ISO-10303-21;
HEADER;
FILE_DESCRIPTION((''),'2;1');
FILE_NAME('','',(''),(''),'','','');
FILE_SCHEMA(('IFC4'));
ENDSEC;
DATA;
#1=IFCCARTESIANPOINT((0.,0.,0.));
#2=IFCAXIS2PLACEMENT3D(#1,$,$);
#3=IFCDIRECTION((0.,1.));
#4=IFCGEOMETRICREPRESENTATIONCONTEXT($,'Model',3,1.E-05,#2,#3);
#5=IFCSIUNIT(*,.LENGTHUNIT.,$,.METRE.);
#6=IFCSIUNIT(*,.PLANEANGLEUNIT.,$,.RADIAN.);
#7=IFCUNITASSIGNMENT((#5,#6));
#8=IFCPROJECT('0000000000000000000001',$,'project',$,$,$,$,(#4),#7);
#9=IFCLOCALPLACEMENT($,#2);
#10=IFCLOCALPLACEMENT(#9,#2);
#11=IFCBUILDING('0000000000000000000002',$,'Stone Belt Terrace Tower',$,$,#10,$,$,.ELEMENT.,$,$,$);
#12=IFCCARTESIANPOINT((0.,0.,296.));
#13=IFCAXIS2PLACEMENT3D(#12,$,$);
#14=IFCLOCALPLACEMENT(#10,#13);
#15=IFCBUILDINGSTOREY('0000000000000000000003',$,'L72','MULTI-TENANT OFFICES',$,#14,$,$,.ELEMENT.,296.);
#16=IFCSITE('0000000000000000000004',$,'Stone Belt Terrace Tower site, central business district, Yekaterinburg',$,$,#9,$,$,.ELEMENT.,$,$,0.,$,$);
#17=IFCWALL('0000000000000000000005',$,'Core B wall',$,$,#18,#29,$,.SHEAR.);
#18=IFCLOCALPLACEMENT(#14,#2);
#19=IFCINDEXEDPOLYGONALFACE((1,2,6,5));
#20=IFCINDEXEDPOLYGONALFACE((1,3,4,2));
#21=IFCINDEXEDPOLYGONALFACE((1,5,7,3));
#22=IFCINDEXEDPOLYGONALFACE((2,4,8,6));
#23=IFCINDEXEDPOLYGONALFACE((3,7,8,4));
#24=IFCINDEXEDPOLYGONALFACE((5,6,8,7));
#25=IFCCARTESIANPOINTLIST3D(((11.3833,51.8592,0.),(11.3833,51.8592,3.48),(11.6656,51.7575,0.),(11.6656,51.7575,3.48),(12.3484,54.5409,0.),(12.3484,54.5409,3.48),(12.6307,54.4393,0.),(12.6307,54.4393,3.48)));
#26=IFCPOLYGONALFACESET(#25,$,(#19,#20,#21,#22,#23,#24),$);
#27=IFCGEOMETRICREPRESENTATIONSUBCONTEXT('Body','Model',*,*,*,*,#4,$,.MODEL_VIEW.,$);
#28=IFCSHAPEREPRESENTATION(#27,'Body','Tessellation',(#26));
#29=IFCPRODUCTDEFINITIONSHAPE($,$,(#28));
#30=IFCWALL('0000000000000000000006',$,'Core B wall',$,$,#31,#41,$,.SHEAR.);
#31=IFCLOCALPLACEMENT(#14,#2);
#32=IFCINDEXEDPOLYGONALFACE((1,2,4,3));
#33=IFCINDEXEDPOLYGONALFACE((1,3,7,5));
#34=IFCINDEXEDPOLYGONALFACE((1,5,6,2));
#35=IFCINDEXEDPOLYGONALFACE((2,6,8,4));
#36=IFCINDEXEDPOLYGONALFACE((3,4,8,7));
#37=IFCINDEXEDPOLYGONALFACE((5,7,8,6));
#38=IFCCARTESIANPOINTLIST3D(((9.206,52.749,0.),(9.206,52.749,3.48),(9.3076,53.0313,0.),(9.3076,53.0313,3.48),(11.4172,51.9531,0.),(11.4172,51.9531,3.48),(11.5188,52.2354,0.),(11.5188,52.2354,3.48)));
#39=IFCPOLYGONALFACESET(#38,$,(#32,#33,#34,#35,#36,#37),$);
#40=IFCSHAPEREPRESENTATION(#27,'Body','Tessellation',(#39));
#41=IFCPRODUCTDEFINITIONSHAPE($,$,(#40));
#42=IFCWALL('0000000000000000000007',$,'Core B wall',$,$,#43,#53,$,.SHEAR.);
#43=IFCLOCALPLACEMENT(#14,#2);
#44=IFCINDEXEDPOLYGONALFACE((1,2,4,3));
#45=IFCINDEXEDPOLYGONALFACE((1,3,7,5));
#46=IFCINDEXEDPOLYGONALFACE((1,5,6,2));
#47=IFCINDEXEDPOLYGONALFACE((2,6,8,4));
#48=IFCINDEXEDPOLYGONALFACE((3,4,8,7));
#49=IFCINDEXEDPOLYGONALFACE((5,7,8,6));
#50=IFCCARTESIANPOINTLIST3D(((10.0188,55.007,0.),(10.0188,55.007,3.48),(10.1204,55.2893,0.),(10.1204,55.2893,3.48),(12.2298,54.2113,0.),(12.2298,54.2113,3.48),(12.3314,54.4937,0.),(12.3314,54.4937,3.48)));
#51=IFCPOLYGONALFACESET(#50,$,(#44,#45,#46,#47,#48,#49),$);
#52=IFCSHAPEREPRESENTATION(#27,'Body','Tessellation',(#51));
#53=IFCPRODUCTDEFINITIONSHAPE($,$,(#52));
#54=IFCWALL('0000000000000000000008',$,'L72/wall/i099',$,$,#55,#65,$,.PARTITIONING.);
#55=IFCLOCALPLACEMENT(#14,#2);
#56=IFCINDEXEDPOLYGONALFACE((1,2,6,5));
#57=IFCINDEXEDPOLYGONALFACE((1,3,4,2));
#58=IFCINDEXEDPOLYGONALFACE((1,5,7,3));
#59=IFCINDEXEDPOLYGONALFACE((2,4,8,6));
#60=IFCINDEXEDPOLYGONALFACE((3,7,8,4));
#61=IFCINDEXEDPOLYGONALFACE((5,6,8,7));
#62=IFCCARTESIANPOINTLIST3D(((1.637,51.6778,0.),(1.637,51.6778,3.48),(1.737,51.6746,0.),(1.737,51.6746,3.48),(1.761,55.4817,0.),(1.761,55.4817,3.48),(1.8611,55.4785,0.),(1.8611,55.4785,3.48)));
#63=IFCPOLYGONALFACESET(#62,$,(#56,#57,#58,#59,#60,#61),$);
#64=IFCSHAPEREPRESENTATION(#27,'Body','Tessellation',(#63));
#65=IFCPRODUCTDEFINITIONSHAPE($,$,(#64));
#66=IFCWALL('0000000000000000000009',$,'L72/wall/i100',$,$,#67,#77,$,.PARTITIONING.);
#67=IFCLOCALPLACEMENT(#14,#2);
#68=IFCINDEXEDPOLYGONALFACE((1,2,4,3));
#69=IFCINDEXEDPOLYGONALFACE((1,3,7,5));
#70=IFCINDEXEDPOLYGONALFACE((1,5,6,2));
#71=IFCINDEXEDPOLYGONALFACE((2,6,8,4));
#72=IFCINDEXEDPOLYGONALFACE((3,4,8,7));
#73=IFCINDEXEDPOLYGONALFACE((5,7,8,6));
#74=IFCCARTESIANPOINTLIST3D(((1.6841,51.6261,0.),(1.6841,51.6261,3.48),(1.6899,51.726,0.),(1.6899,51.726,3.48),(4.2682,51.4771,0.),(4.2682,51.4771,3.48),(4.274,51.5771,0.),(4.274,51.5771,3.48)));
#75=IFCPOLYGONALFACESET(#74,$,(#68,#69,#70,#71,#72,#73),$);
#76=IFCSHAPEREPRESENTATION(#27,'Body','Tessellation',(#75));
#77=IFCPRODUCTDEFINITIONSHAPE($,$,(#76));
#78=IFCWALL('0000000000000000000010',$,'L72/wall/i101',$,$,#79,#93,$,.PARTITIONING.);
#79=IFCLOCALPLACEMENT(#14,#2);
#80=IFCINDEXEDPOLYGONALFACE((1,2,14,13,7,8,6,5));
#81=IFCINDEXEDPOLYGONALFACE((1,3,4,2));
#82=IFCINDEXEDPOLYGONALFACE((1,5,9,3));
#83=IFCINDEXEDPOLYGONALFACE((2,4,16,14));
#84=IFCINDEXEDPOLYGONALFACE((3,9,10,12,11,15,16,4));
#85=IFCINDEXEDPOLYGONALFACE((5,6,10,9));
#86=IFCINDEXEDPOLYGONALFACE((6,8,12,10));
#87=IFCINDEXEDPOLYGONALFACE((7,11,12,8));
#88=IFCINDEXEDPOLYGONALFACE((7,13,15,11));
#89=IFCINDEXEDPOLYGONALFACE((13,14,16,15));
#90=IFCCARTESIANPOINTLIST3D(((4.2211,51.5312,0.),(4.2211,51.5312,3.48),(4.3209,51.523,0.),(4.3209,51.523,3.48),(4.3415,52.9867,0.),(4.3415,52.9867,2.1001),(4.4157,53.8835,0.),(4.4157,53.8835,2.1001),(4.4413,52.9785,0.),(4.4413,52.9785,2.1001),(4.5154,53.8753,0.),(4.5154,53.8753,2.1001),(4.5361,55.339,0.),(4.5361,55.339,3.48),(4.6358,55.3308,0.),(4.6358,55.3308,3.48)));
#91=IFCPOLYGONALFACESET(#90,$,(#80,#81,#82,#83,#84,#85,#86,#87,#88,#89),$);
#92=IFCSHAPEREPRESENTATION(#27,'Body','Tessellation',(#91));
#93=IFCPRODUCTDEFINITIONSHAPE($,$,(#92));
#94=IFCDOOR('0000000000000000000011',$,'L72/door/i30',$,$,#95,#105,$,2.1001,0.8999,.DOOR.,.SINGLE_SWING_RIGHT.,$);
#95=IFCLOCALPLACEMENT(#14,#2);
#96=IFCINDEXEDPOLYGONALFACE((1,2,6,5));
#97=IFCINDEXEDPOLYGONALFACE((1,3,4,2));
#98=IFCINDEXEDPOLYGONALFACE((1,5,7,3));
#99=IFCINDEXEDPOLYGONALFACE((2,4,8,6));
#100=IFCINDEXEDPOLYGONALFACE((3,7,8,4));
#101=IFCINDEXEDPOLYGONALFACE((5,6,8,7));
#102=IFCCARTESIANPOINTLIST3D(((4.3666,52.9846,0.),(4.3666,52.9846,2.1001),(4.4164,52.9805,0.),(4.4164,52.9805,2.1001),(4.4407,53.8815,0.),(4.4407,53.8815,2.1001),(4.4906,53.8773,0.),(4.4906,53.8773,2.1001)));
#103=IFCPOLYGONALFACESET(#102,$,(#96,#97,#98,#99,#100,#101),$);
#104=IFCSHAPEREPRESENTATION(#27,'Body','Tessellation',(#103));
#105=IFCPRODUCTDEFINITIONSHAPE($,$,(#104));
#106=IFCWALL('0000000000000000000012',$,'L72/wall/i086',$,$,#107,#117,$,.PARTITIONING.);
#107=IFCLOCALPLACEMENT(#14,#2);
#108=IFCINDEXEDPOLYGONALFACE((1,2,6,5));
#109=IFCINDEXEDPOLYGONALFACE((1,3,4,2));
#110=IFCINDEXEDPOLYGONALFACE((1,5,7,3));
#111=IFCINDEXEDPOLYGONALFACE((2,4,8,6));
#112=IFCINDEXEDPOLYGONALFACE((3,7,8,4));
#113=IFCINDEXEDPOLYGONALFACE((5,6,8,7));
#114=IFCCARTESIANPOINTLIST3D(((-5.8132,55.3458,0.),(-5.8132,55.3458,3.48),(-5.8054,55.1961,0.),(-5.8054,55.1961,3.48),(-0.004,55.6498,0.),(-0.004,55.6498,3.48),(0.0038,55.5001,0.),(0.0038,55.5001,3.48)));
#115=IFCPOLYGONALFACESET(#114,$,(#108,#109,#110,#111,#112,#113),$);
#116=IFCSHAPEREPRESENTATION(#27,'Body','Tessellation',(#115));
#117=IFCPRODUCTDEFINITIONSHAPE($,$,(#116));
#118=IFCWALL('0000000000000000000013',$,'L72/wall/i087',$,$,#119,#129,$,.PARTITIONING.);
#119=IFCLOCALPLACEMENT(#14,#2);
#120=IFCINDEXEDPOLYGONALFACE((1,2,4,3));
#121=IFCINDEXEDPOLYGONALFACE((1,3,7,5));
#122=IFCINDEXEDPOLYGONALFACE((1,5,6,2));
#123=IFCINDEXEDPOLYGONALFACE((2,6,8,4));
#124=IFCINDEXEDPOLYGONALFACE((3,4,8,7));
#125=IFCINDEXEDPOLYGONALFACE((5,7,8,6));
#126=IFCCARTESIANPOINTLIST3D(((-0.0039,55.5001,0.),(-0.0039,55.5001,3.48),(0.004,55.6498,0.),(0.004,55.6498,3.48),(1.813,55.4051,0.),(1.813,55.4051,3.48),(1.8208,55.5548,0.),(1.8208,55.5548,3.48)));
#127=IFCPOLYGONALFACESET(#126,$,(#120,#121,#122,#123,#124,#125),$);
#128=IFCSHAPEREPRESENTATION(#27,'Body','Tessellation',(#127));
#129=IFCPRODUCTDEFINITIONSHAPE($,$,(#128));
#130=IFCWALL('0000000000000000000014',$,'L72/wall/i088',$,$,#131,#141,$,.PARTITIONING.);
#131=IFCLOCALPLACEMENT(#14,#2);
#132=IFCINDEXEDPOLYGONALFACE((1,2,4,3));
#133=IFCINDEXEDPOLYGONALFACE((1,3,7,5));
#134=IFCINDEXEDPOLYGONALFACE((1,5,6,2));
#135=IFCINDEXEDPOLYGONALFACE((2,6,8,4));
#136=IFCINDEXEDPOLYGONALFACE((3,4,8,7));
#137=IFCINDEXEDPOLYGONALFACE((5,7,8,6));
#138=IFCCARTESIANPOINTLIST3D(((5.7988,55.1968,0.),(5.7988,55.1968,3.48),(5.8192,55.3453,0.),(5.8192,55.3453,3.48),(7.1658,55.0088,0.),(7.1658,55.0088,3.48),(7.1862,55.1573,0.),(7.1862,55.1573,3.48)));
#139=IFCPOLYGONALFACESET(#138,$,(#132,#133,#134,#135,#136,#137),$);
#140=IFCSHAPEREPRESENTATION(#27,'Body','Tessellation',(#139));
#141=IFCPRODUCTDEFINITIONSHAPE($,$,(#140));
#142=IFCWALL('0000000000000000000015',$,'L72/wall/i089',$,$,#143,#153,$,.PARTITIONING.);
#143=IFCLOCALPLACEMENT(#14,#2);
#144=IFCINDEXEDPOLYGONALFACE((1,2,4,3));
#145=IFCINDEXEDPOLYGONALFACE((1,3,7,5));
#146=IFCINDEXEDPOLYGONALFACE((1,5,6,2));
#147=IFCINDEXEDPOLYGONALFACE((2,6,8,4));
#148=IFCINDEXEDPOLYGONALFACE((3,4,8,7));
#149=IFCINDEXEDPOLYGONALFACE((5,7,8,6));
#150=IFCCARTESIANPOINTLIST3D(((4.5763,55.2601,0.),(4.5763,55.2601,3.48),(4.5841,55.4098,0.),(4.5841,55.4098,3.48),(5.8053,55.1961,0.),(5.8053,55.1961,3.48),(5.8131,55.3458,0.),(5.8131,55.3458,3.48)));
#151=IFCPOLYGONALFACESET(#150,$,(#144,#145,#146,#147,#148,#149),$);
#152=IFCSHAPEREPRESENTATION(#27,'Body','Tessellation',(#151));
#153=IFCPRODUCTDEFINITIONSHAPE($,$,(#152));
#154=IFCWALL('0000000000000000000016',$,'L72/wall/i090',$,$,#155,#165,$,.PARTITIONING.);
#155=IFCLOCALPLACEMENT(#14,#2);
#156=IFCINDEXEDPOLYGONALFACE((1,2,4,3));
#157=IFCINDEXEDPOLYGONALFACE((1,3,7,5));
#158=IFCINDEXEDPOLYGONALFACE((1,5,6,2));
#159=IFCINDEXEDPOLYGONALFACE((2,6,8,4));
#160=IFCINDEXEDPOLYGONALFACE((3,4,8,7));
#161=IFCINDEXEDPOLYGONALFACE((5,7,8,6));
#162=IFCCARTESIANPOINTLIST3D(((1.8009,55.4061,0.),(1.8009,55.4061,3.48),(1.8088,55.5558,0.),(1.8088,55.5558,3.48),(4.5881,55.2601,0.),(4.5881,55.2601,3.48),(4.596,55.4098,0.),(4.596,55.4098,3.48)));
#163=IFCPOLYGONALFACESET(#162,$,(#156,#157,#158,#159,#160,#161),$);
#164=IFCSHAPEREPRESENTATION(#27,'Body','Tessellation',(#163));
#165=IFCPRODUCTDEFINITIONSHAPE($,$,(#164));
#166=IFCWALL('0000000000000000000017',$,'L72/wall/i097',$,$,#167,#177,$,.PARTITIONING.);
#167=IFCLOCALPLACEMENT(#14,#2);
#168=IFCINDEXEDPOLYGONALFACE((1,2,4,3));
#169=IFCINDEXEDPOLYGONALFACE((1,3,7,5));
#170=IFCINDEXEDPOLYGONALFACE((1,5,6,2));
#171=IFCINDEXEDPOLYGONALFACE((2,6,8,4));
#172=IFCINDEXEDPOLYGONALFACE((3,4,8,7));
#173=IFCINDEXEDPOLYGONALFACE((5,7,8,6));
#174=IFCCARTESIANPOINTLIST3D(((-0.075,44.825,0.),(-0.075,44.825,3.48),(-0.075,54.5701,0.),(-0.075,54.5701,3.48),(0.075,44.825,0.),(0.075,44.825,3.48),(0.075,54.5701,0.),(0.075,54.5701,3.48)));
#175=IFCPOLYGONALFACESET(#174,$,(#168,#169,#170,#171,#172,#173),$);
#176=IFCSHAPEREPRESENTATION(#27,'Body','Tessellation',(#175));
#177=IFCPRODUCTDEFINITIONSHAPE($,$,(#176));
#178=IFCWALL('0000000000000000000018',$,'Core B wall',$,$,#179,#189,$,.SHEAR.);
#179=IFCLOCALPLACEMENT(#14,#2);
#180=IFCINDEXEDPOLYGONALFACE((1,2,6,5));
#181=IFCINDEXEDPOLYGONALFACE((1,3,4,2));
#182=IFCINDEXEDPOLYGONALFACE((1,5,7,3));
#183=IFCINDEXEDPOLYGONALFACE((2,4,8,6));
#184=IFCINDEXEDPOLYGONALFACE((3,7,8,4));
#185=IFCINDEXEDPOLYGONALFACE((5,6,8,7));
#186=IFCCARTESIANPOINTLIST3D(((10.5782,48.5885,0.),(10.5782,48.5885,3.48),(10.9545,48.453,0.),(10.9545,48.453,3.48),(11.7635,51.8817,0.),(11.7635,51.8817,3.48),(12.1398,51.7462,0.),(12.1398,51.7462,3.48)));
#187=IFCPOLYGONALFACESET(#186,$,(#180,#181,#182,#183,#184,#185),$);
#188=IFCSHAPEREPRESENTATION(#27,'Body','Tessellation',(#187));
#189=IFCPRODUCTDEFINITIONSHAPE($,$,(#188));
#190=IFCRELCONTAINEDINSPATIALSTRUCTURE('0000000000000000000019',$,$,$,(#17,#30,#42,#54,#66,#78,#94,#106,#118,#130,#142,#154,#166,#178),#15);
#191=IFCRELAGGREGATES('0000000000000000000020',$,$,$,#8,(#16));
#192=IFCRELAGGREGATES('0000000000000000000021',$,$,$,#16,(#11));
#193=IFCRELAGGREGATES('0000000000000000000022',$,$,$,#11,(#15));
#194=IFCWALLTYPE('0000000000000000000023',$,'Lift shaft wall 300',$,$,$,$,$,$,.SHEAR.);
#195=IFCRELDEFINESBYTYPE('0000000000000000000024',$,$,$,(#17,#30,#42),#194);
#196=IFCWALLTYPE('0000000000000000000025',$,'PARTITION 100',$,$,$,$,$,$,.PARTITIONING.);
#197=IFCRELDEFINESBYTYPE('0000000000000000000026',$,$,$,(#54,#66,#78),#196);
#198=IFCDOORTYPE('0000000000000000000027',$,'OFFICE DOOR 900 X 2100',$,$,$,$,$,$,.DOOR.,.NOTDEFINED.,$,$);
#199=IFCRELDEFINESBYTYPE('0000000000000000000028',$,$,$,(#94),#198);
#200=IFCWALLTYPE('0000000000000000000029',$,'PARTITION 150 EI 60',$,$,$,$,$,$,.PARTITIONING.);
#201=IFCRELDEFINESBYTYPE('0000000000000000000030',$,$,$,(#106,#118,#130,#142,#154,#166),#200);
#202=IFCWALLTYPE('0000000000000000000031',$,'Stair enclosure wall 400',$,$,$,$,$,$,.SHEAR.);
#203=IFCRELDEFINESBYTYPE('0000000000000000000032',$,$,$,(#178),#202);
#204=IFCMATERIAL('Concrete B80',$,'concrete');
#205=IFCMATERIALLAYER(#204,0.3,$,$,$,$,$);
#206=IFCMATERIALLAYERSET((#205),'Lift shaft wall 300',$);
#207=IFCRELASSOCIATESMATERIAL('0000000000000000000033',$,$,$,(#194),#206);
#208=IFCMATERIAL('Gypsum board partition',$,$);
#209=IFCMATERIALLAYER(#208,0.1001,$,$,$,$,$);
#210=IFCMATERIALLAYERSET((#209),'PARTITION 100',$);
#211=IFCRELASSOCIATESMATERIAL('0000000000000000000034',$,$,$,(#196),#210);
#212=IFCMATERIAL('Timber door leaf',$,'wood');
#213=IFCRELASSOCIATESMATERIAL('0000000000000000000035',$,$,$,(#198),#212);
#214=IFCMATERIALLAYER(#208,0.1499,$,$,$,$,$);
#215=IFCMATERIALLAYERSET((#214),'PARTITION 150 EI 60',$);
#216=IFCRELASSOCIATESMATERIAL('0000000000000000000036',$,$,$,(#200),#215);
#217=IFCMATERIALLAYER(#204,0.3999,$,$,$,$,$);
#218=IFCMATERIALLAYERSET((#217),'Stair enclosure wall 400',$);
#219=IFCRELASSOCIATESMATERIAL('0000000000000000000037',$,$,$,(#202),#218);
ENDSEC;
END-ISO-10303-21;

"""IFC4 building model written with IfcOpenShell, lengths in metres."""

from ifc_helpers import new_model, si_unit, direction, frame, frame_2d, origin, place, context, subcontext, project, spatial, rectangle, extrude, material, layer, layer_set, type_object, element, fill, save


model = new_model("IFC4")

# Units and contexts
model_context = context("Model", 3, precision=1e-05, world=origin(), true_north=direction((0.0, 1.0)))
body_context = subcontext(model_context, "Body", "Model", "MODEL_VIEW")
ifc_project = project(units=[si_unit("LENGTHUNIT", "METRE"), si_unit("PLANEANGLEUNIT", "RADIAN")], contexts=[model_context])

# Site, building, storey
site_placement = place(None, origin())
site = spatial("IfcSite", under=ifc_project, at=site_placement, Name="Stone Belt Terrace Tower site, central business district, Yekaterinburg", CompositionType="ELEMENT", RefElevation=0.0)
building_placement = place(site_placement, origin())
building = spatial("IfcBuilding", under=site, at=building_placement, Name="Stone Belt Terrace Tower", CompositionType="ELEMENT")
storey_placement = place(building_placement, frame((0.0, 0.0, 296.0)))
storey = spatial("IfcBuildingStorey", under=building, at=storey_placement, Name="L72", Description="MULTI-TENANT OFFICES", CompositionType="ELEMENT", Elevation=296.0)

# Shared definitions
ifc_material_1 = material(Name="Timber door leaf", Category="wood")

# Walls
ifc_material_2 = material(Name="Concrete B80", Category="concrete")
ifc_layer_1 = layer(ifc_material_2, 0.3)
ifc_layer_set_1 = layer_set([ifc_layer_1], Name="Lift shaft wall 300")
wall_type_1 = type_object("IfcWallType", Name="Lift shaft wall 300", PredefinedType="SHEAR", material=ifc_layer_set_1)
wall_1_placement = place(storey_placement, frame((11.5244, 51.8083, 0.0), z_axis=(0.0, 0.0, 1.0), x_axis=(0.338625, 0.940921, 0.0)))
element("IfcWall", 1, at=wall_1_placement, inside=storey, type_object=wall_type_1, Name="Core B wall", PredefinedType="SHEAR", context=body_context, shape_type="SweptSolid", body=[
    extrude(rectangle(XDim=2.8501, YDim=0.3, at=frame_2d((1.425, 0.0))), origin(), (0.0, 0.0, 1.0), 3.48),
])
wall_2_placement = place(storey_placement, frame((11.468, 52.0942, 0.0), z_axis=(0.0, 0.0, 1.0), x_axis=(-0.940905, 0.338672, 0.0)))
element("IfcWall", 2, at=wall_2_placement, inside=storey, type_object=wall_type_1, Name="Core B wall", PredefinedType="SHEAR", context=body_context, shape_type="SweptSolid", body=[
    extrude(rectangle(XDim=2.3501, YDim=0.3, at=frame_2d((1.175, 0.0))), origin(), (0.0, 0.0, 1.0), 3.48),
])
wall_3_placement = place(storey_placement, frame((12.2805, 54.3525, 0.0), z_axis=(0.0, 0.0, 1.0), x_axis=(-0.940926, 0.338613, 0.0)))
element("IfcWall", 3, at=wall_3_placement, inside=storey, type_object=wall_type_1, Name="Core B wall", PredefinedType="SHEAR", context=body_context, shape_type="SweptSolid", body=[
    extrude(rectangle(XDim=2.3499, YDim=0.3, at=frame_2d((1.1748, 0.0))), origin(), (0.0, 0.0, 1.0), 3.48),
])
ifc_material_3 = material(Name="Gypsum board partition")
ifc_layer_2 = layer(ifc_material_3, 0.1001)
ifc_layer_set_2 = layer_set([ifc_layer_2], Name="PARTITION 100")
wall_type_2 = type_object("IfcWallType", Name="PARTITION 100", PredefinedType="PARTITIONING", material=ifc_layer_set_2)
wall_4_placement = place(storey_placement, frame((1.811, 55.48, 0.0), z_axis=(0.0, 0.0, 1.0), x_axis=(-0.032586, -0.999469, 0.0)))
element("IfcWall", 4, at=wall_4_placement, inside=storey, type_object=wall_type_2, Name="L72/wall/i099", PredefinedType="PARTITIONING", context=body_context, shape_type="SweptSolid", body=[
    extrude(rectangle(XDim=3.8059, YDim=0.1001, at=frame_2d((1.9028, 0.0))), origin(), (0.0, 0.0, 1.0), 3.48),
])
wall_5_placement = place(storey_placement, frame((1.687, 51.676, 0.0), z_axis=(0.0, 0.0, 1.0), x_axis=(0.998343, -0.057539, 0.0)))
element("IfcWall", 5, at=wall_5_placement, inside=storey, type_object=wall_type_2, Name="L72/wall/i100", PredefinedType="PARTITIONING", context=body_context, shape_type="SweptSolid", body=[
    extrude(rectangle(XDim=2.5884, YDim=0.1001, at=frame_2d((1.2942, 0.0))), origin(), (0.0, 0.0, 1.0), 3.48),
])

# Wall, opening, door
wall_6_placement = place(storey_placement, frame((4.271, 51.5271, 0.0), z_axis=(0.0, 0.0, 1.0), x_axis=(0.082427, 0.996597, 0.0)))
wall_6 = element("IfcWall", 6, at=wall_6_placement, inside=storey, type_object=wall_type_2, Name="L72/wall/i101", PredefinedType="PARTITIONING", context=body_context, shape_type="SweptSolid", body=[
    extrude(rectangle(XDim=3.8208, YDim=0.1001, at=frame_2d((1.9104, 0.0))), origin(), (0.0, 0.0, 1.0), 3.48),
])
opening_1_placement = place(wall_6_placement, frame((1.4604, 0.0, 0.0)))
opening_1 = element("IfcOpeningElement", 7, at=opening_1_placement, cuts=wall_6, PredefinedType="OPENING", context=body_context, shape_type="SweptSolid", body=[
    extrude(rectangle(XDim=0.8999, YDim=2.1001, at=frame_2d((0.45, 1.05))), frame((0.0, 0.0601, 0.0), z_axis=(0.0, -1.0, 0.0), x_axis=(1.0, 0.0, 0.0)), (0.0, 0.0, 1.0), 0.1201),
])
door_type_1 = type_object("IfcDoorType", Name="OFFICE DOOR 900 X 2100", OperationType="NOTDEFINED", PredefinedType="DOOR", material=ifc_material_1)
door_1_placement = place(opening_1_placement, origin())
door_1 = element("IfcDoor", 8, at=door_1_placement, inside=storey, type_object=door_type_1, Name="L72/door/i30", OperationType="SINGLE_SWING_RIGHT", OverallHeight=2.1001, OverallWidth=0.8999, PredefinedType="DOOR", context=body_context, shape_type="SweptSolid", body=[
    extrude(rectangle(XDim=0.8999, YDim=2.1001, at=frame_2d((0.45, 1.05))), frame((0.0, 0.0249, 0.0), z_axis=(0.0, -1.0, 0.0), x_axis=(1.0, 0.0, 0.0)), (0.0, 0.0, 1.0), 0.05),
])
fill(opening_1, door_1)

# Walls
ifc_layer_3 = layer(ifc_material_3, 0.1499)
ifc_layer_set_3 = layer_set([ifc_layer_3], Name="PARTITION 150 EI 60")
wall_type_3 = type_object("IfcWallType", Name="PARTITION 150 EI 60", PredefinedType="PARTITIONING", material=ifc_layer_set_3)
wall_7_placement = place(storey_placement, frame((0.0, 55.575, 0.0), z_axis=(0.0, 0.0, 1.0), x_axis=(-0.998634, -0.052253, 0.0)))
element("IfcWall", 9, at=wall_7_placement, inside=storey, type_object=wall_type_3, Name="L72/wall/i086", PredefinedType="PARTITIONING", context=body_context, shape_type="SweptSolid", body=[
    extrude(rectangle(XDim=5.8171, YDim=0.1499, at=frame_2d((2.9087, 0.0))), origin(), (0.0, 0.0, 1.0), 3.48),
])
wall_8_placement = place(storey_placement, frame((1.8169, 55.48, 0.0), z_axis=(0.0, 0.0, 1.0), x_axis=(-0.998637, 0.0522, 0.0)))
element("IfcWall", 10, at=wall_8_placement, inside=storey, type_object=wall_type_3, Name="L72/wall/i087", PredefinedType="PARTITIONING", context=body_context, shape_type="SweptSolid", body=[
    extrude(rectangle(XDim=1.8193, YDim=0.1499, at=frame_2d((0.9097, 0.0))), origin(), (0.0, 0.0, 1.0), 3.48),
])
wall_9_placement = place(storey_placement, frame((7.176, 55.083, 0.0), z_axis=(0.0, 0.0, 1.0), x_axis=(-0.990676, 0.136242, 0.0)))
element("IfcWall", 11, at=wall_9_placement, inside=storey, type_object=wall_type_3, Name="L72/wall/i088", PredefinedType="PARTITIONING", context=body_context, shape_type="SweptSolid", body=[
    extrude(rectangle(XDim=1.3799, YDim=0.1499, at=frame_2d((0.6899, 0.0))), origin(), (0.0, 0.0, 1.0), 3.48),
])
wall_10_placement = place(storey_placement, frame((5.8091, 55.271, 0.0), z_axis=(0.0, 0.0, 1.0), x_axis=(-0.998648, 0.051976, 0.0)))
element("IfcWall", 12, at=wall_10_placement, inside=storey, type_object=wall_type_3, Name="L72/wall/i089", PredefinedType="PARTITIONING", context=body_context, shape_type="SweptSolid", body=[
    extrude(rectangle(XDim=1.2307, YDim=0.1499, at=frame_2d((0.6152, 0.0))), origin(), (0.0, 0.0, 1.0), 3.48),
])
wall_11_placement = place(storey_placement, frame((4.592, 55.335, 0.0), z_axis=(0.0, 0.0, 1.0), x_axis=(-0.998631, 0.052311, 0.0)))
element("IfcWall", 13, at=wall_11_placement, inside=storey, type_object=wall_type_3, Name="L72/wall/i090", PredefinedType="PARTITIONING", context=body_context, shape_type="SweptSolid", body=[
    extrude(rectangle(XDim=2.791, YDim=0.1499, at=frame_2d((1.3955, 0.0))), origin(), (0.0, 0.0, 1.0), 3.48),
])
wall_12_placement = place(storey_placement, frame((0.0, 54.5701, 0.0), z_axis=(0.0, 0.0, 1.0), x_axis=(0.0, -1.0, 0.0)))
element("IfcWall", 14, at=wall_12_placement, inside=storey, type_object=wall_type_3, Name="L72/wall/i097", PredefinedType="PARTITIONING", context=body_context, shape_type="SweptSolid", body=[
    extrude(rectangle(XDim=9.7451, YDim=0.1499, at=frame_2d((4.8726, 0.0))), origin(), (0.0, 0.0, 1.0), 3.48),
])
ifc_layer_4 = layer(ifc_material_2, 0.3999)
ifc_layer_set_4 = layer_set([ifc_layer_4], Name="Stair enclosure wall 400")
wall_type_4 = type_object("IfcWallType", Name="Stair enclosure wall 400", PredefinedType="SHEAR", material=ifc_layer_set_4)
wall_13_placement = place(storey_placement, frame((10.7664, 48.5208, 0.0), z_axis=(0.0, 0.0, 1.0), x_axis=(0.338655, 0.940911, 0.0)))
element("IfcWall", 15, at=wall_13_placement, inside=storey, type_object=wall_type_4, Name="Core B wall", PredefinedType="SHEAR", context=body_context, shape_type="SweptSolid", body=[
    extrude(rectangle(XDim=3.5, YDim=0.3999, at=frame_2d((1.75, 0.0))), origin(), (0.0, 0.0, 1.0), 3.48),
])

save(model, "model.ifc")
